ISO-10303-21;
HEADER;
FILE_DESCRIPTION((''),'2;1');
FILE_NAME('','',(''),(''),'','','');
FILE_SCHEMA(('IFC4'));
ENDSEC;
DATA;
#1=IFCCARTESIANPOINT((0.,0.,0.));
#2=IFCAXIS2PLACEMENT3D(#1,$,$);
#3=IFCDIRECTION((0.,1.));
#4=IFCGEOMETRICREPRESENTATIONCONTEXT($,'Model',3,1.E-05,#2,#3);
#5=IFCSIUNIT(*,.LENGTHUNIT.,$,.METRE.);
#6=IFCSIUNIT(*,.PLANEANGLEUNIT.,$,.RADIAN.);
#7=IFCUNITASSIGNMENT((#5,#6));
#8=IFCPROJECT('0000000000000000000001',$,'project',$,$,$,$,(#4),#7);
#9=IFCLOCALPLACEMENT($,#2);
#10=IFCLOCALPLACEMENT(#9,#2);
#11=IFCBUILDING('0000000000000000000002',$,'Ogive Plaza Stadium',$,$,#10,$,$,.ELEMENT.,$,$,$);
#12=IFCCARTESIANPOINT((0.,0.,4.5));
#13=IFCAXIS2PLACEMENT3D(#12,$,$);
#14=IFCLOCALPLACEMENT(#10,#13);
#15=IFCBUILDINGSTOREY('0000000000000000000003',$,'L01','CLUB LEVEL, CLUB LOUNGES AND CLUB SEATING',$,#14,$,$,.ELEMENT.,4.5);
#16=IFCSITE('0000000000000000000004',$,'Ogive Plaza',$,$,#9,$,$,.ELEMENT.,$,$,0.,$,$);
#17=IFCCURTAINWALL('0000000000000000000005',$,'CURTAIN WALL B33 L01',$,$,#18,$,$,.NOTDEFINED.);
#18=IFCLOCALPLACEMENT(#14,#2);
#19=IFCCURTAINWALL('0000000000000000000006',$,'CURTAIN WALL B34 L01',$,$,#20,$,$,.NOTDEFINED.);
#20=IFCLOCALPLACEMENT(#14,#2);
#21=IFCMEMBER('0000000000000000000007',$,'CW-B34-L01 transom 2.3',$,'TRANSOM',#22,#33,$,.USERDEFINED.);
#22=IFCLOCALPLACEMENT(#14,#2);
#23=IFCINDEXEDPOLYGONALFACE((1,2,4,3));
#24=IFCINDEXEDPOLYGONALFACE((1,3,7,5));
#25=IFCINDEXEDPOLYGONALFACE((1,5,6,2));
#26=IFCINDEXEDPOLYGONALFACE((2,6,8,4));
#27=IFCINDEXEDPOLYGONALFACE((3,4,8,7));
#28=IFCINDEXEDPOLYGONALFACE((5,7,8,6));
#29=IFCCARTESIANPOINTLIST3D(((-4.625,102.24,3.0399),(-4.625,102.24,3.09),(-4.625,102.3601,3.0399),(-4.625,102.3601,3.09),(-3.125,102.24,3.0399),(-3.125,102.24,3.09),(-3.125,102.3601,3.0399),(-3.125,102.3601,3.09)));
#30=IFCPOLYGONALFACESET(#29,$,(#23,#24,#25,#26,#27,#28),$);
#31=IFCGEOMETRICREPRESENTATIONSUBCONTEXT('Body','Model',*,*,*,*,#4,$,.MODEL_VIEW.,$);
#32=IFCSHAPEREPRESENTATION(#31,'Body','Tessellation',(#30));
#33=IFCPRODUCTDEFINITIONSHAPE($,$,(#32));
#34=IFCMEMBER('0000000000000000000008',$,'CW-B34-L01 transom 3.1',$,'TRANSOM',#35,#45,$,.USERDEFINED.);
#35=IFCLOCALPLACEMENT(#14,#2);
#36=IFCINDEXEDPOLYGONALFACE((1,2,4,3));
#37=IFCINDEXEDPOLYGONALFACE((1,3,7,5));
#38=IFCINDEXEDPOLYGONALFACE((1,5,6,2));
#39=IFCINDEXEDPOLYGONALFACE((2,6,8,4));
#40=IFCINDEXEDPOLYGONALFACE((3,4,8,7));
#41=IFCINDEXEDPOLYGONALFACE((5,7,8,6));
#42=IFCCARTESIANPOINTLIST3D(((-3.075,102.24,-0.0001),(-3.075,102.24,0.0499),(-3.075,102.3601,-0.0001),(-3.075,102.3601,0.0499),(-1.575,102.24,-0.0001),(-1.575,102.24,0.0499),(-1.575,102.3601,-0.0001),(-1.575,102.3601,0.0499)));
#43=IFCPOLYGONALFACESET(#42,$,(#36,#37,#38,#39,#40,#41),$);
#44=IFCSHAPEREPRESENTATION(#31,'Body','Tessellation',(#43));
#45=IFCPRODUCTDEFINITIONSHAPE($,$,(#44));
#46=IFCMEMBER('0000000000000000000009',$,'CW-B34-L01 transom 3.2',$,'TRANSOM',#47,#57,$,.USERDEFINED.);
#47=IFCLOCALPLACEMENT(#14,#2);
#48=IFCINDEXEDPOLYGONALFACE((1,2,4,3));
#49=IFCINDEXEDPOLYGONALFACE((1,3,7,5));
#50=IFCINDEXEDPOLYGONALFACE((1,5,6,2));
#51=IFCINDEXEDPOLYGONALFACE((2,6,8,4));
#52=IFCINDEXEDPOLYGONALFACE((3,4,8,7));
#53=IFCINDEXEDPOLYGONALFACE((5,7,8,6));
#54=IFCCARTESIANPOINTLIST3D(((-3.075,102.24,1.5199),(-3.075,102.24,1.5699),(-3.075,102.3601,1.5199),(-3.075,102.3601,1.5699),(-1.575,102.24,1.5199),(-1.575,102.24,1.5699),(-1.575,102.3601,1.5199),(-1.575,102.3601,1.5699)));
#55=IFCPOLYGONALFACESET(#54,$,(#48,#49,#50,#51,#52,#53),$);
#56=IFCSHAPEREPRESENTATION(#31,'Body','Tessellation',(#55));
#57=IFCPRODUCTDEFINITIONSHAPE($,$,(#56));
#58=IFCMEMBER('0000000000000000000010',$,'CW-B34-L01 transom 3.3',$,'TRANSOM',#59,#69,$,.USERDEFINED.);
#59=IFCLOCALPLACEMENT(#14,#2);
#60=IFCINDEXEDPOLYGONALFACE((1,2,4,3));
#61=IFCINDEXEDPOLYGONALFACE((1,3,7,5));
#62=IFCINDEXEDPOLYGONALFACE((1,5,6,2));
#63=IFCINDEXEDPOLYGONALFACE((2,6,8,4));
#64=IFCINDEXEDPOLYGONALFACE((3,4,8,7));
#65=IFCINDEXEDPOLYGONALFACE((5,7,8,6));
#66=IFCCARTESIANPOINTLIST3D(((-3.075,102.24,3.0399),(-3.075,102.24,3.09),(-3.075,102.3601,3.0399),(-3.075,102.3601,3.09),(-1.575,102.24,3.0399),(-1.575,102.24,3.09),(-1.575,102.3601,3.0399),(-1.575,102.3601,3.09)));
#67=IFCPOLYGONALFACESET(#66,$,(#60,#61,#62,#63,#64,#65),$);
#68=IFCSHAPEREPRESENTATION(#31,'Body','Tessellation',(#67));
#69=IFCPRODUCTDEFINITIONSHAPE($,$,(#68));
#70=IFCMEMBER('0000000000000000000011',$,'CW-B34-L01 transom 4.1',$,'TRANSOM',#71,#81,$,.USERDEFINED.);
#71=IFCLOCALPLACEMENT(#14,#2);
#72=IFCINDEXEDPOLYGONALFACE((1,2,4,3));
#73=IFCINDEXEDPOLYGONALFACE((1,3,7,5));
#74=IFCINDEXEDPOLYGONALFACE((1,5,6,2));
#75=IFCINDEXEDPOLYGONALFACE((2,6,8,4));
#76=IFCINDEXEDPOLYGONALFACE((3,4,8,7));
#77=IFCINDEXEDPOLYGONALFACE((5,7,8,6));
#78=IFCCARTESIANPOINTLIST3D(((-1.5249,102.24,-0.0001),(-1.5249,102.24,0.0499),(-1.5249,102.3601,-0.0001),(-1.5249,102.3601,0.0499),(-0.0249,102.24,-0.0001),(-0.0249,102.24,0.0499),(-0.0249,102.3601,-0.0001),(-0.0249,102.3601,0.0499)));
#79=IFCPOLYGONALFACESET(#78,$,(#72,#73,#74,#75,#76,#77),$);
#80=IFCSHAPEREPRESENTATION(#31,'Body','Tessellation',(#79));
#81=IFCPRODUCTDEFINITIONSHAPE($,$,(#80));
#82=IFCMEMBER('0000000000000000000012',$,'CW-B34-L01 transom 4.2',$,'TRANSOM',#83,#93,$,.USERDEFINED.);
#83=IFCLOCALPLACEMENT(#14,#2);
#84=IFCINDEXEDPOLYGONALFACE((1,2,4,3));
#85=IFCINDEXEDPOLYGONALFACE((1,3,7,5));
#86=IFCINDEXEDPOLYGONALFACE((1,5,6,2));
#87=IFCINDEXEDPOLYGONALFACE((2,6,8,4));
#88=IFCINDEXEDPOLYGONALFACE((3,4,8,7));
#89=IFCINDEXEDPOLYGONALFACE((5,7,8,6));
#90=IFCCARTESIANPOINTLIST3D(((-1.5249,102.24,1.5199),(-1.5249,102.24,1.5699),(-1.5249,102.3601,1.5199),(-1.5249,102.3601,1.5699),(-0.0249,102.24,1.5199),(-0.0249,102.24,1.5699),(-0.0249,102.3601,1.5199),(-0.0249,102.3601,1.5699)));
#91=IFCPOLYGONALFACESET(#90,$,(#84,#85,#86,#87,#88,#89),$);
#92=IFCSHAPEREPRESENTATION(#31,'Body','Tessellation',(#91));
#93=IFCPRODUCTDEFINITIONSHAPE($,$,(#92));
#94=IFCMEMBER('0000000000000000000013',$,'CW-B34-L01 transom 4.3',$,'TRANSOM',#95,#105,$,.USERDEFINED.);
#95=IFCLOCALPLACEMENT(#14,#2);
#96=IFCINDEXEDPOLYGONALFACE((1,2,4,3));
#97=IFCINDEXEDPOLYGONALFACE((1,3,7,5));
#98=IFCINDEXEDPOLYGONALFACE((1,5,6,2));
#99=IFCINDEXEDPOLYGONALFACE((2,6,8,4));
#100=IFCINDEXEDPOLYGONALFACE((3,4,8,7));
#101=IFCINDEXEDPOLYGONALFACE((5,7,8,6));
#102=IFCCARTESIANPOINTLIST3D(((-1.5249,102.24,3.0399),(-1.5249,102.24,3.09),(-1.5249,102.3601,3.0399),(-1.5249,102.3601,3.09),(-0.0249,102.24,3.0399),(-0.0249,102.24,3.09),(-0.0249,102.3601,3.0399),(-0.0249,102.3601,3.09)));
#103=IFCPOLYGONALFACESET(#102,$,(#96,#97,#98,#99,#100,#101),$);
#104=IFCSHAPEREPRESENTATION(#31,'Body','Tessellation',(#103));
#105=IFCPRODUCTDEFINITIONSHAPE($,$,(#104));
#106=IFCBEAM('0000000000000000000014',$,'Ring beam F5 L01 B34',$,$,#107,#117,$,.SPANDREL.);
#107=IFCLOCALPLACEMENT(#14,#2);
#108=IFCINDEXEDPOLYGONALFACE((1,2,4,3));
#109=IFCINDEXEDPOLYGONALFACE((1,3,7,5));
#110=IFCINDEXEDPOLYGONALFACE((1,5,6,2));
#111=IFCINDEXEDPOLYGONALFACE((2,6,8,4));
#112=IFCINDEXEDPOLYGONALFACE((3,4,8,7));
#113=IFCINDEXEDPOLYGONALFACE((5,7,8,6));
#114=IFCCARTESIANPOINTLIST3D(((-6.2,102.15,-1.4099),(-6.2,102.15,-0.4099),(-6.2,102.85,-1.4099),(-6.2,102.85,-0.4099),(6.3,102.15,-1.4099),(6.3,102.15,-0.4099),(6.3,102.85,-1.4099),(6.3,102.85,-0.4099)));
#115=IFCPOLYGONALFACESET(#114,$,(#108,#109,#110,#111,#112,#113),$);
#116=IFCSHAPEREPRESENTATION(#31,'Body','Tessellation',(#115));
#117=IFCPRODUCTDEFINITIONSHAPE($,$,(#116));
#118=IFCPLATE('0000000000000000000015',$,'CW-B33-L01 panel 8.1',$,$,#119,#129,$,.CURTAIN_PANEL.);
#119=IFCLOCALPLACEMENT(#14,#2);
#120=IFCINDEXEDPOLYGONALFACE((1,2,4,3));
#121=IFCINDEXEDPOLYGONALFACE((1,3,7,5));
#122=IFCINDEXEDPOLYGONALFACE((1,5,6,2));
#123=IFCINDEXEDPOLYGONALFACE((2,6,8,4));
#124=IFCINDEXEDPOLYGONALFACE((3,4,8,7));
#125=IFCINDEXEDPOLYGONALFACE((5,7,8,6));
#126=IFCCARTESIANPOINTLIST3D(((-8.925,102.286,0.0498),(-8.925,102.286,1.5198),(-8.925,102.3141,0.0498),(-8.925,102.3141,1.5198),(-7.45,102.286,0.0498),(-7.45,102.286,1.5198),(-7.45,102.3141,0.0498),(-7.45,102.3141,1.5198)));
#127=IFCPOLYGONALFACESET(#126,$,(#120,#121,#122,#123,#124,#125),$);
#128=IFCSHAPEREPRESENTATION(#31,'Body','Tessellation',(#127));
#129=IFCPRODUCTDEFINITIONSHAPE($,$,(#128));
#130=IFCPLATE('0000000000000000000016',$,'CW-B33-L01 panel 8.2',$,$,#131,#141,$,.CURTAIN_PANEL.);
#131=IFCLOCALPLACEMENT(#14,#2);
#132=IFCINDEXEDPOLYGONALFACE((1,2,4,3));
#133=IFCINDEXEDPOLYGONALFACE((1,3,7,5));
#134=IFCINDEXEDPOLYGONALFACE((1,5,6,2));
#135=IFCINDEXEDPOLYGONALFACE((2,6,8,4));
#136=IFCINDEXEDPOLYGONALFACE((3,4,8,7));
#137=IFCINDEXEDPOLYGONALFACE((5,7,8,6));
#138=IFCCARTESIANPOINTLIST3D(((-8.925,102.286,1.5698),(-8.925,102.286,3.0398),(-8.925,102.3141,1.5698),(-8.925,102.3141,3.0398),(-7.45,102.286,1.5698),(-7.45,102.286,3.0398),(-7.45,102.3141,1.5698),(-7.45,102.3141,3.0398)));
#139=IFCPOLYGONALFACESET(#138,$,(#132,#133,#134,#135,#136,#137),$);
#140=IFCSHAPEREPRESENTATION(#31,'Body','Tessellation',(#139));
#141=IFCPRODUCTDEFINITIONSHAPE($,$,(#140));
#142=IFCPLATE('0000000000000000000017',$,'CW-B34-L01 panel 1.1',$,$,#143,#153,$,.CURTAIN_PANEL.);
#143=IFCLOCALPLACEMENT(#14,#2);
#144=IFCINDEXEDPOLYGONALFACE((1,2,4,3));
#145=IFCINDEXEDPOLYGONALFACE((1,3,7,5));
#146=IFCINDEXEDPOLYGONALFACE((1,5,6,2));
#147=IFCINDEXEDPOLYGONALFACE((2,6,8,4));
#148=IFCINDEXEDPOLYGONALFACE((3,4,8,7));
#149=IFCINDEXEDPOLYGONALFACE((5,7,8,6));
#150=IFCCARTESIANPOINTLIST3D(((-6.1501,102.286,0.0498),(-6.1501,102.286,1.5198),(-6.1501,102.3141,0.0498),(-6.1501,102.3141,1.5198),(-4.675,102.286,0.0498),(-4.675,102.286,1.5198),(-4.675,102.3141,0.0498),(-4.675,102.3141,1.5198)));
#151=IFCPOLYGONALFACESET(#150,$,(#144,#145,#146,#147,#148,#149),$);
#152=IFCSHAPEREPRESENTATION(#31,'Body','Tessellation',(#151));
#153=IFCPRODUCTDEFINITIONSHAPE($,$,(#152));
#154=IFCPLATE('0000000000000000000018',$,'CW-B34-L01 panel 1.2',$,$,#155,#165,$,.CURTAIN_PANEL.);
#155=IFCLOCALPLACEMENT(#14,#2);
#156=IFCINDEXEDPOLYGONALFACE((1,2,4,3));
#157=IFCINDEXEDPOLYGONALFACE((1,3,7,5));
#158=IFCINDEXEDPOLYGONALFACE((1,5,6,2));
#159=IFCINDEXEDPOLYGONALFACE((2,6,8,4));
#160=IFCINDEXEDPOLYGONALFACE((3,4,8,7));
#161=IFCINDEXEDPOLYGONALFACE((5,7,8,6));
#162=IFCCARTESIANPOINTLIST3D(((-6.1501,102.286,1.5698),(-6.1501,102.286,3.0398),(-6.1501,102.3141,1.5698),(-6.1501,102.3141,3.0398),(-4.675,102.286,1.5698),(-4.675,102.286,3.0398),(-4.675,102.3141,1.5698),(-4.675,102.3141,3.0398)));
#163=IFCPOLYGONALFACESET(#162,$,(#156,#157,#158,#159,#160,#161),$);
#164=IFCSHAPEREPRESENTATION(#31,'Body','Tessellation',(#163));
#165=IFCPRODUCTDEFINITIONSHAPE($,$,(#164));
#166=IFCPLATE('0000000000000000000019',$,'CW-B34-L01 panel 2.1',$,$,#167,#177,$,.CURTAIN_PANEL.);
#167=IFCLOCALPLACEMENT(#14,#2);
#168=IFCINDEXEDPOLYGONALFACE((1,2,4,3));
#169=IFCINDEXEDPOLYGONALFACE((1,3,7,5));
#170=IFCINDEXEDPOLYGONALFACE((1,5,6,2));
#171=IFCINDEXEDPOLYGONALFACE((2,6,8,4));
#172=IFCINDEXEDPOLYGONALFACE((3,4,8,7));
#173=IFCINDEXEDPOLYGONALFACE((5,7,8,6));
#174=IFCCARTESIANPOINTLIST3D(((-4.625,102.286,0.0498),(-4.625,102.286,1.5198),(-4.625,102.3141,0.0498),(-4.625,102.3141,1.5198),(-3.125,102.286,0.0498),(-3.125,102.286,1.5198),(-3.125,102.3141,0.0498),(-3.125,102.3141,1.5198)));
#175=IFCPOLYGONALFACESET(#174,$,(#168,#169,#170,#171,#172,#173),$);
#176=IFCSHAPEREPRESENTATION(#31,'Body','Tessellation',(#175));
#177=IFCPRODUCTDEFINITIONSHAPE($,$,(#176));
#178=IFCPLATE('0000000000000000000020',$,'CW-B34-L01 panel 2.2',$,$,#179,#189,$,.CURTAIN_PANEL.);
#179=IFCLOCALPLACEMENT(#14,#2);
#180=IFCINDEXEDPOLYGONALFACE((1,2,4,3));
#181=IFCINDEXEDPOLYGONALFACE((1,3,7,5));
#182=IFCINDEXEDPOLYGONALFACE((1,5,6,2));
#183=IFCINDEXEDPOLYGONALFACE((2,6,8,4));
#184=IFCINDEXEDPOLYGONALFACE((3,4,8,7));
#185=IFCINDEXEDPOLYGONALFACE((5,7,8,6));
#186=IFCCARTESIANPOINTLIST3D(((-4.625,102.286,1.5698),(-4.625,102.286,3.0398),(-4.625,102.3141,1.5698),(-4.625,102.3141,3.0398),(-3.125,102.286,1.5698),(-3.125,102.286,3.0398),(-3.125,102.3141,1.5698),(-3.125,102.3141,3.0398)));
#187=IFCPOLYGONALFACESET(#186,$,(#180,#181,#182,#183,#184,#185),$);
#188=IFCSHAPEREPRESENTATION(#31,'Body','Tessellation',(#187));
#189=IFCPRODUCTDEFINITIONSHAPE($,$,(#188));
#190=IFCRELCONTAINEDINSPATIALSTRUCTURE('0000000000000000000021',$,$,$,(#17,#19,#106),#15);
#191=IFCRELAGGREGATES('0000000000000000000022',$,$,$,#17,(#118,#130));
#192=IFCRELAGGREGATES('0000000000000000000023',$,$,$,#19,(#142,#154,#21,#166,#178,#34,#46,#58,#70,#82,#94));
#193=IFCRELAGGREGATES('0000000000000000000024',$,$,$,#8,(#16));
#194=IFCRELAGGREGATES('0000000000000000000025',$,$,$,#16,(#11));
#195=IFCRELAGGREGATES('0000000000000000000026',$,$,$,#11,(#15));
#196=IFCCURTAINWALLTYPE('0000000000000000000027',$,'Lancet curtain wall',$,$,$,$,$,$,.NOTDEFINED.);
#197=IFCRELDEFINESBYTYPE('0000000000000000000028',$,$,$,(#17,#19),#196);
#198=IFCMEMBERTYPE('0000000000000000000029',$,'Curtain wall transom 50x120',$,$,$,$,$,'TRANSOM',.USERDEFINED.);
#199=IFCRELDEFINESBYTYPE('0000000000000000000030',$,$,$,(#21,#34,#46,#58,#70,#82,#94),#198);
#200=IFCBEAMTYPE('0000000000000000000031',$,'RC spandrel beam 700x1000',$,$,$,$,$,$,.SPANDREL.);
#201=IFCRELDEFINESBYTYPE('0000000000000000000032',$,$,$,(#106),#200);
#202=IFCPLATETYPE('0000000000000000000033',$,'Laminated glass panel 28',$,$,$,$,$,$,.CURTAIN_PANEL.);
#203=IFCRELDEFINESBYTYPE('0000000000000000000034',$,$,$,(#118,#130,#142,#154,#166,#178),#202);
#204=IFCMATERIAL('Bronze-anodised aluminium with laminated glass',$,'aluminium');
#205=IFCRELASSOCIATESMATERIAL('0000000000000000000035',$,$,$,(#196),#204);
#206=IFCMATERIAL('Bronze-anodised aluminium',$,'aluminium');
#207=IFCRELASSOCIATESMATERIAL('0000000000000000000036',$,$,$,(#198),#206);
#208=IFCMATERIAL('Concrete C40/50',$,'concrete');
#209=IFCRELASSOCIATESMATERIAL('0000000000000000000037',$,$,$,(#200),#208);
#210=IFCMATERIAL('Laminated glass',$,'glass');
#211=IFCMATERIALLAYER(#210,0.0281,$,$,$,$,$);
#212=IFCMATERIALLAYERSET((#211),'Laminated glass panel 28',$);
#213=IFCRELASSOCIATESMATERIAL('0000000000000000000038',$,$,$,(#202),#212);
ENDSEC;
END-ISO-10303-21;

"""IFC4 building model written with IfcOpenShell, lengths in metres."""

from ifc_helpers import new_model, si_unit, direction, frame, origin, origin_2d, place, context, subcontext, project, spatial, rectangle, extrude, material, layer, layer_set, material_profile, profile_set, type_object, element, aggregate, save


model = new_model("IFC4")

# Units and contexts
model_context = context("Model", 3, precision=1e-05, world=origin(), true_north=direction((0.0, 1.0)))
body_context = subcontext(model_context, "Body", "Model", "MODEL_VIEW")
ifc_project = project(units=[si_unit("LENGTHUNIT", "METRE"), si_unit("PLANEANGLEUNIT", "RADIAN")], contexts=[model_context])

# Site, building, storey
site_placement = place(None, origin())
site = spatial("IfcSite", under=ifc_project, at=site_placement, Name="Ogive Plaza", CompositionType="ELEMENT", RefElevation=0.0)
building_placement = place(site_placement, origin())
building = spatial("IfcBuilding", under=site, at=building_placement, Name="Ogive Plaza Stadium", CompositionType="ELEMENT")
storey_placement = place(building_placement, frame((0.0, 0.0, 4.5)))
storey = spatial("IfcBuildingStorey", under=building, at=storey_placement, Name="L01", Description="CLUB LEVEL, CLUB LOUNGES AND CLUB SEATING", CompositionType="ELEMENT", Elevation=4.5)

# Curtain wall
ifc_material_1 = material(Name="Bronze-anodised aluminium with laminated glass", Category="aluminium")
curtain_wall_type = type_object("IfcCurtainWallType", Name="Lancet curtain wall", PredefinedType="NOTDEFINED", material=ifc_material_1)
curtain_wall_1_placement = place(storey_placement, origin())
curtain_wall_1 = element("IfcCurtainWall", 1, at=curtain_wall_1_placement, inside=storey, type_object=curtain_wall_type, Name="CURTAIN WALL B33 L01", PredefinedType="NOTDEFINED")

# Curtain wall
curtain_wall_2_placement = place(storey_placement, origin())
curtain_wall_2 = element("IfcCurtainWall", 2, at=curtain_wall_2_placement, inside=storey, type_object=curtain_wall_type, Name="CURTAIN WALL B34 L01", PredefinedType="NOTDEFINED")

# Members
ifc_material_2 = material(Name="Bronze-anodised aluminium", Category="aluminium")
ifc_material_profile_1 = material_profile(ifc_material_2, rectangle(XDim=0.1201, YDim=0.05, at=origin_2d()), Name="AL 120x50")
ifc_profile_set_1 = profile_set([ifc_material_profile_1], Name="Bronze-anodised aluminium")
member_type_1 = type_object("IfcMemberType", Name="Curtain wall transom 50x120", ElementType="TRANSOM", PredefinedType="USERDEFINED", material=ifc_profile_set_1)
member_1_placement = place(storey_placement, frame((-4.625, 102.3, 3.0649), z_axis=(1.0, 0.0, 0.0), x_axis=(0.0, 1.0, 0.0)))
member_1 = element("IfcMember", 3, at=member_1_placement, type_object=member_type_1, Name="CW-B34-L01 transom 2.3", ObjectType="TRANSOM", PredefinedType="USERDEFINED", context=body_context, shape_type="SweptSolid", body=[
    extrude(rectangle(XDim=0.1201, YDim=0.05, at=origin_2d()), origin(), (0.0, 0.0, 1.0), 1.5),
])
member_2_placement = place(storey_placement, frame((-3.075, 102.3, 0.0249), z_axis=(1.0, 0.0, 0.0), x_axis=(0.0, 1.0, 0.0)))
member_2 = element("IfcMember", 4, at=member_2_placement, type_object=member_type_1, Name="CW-B34-L01 transom 3.1", ObjectType="TRANSOM", PredefinedType="USERDEFINED", context=body_context, shape_type="SweptSolid", body=[
    extrude(rectangle(XDim=0.1201, YDim=0.05, at=origin_2d()), origin(), (0.0, 0.0, 1.0), 1.5),
])
member_3_placement = place(storey_placement, frame((-3.075, 102.3, 1.5449), z_axis=(1.0, 0.0, 0.0), x_axis=(0.0, 1.0, 0.0)))
member_3 = element("IfcMember", 5, at=member_3_placement, type_object=member_type_1, Name="CW-B34-L01 transom 3.2", ObjectType="TRANSOM", PredefinedType="USERDEFINED", context=body_context, shape_type="SweptSolid", body=[
    extrude(rectangle(XDim=0.1201, YDim=0.05, at=origin_2d()), origin(), (0.0, 0.0, 1.0), 1.5),
])
member_4_placement = place(storey_placement, frame((-3.075, 102.3, 3.0649), z_axis=(1.0, 0.0, 0.0), x_axis=(0.0, 1.0, 0.0)))
member_4 = element("IfcMember", 6, at=member_4_placement, type_object=member_type_1, Name="CW-B34-L01 transom 3.3", ObjectType="TRANSOM", PredefinedType="USERDEFINED", context=body_context, shape_type="SweptSolid", body=[
    extrude(rectangle(XDim=0.1201, YDim=0.05, at=origin_2d()), origin(), (0.0, 0.0, 1.0), 1.5),
])
member_5_placement = place(storey_placement, frame((-1.5249, 102.3, 0.0249), z_axis=(1.0, 0.0, 0.0), x_axis=(0.0, 1.0, 0.0)))
member_5 = element("IfcMember", 7, at=member_5_placement, type_object=member_type_1, Name="CW-B34-L01 transom 4.1", ObjectType="TRANSOM", PredefinedType="USERDEFINED", context=body_context, shape_type="SweptSolid", body=[
    extrude(rectangle(XDim=0.1201, YDim=0.05, at=origin_2d()), origin(), (0.0, 0.0, 1.0), 1.5),
])
member_6_placement = place(storey_placement, frame((-1.5249, 102.3, 1.5449), z_axis=(1.0, 0.0, 0.0), x_axis=(0.0, 1.0, 0.0)))
member_6 = element("IfcMember", 8, at=member_6_placement, type_object=member_type_1, Name="CW-B34-L01 transom 4.2", ObjectType="TRANSOM", PredefinedType="USERDEFINED", context=body_context, shape_type="SweptSolid", body=[
    extrude(rectangle(XDim=0.1201, YDim=0.05, at=origin_2d()), origin(), (0.0, 0.0, 1.0), 1.5),
])
member_7_placement = place(storey_placement, frame((-1.5249, 102.3, 3.0649), z_axis=(1.0, 0.0, 0.0), x_axis=(0.0, 1.0, 0.0)))
member_7 = element("IfcMember", 9, at=member_7_placement, type_object=member_type_1, Name="CW-B34-L01 transom 4.3", ObjectType="TRANSOM", PredefinedType="USERDEFINED", context=body_context, shape_type="SweptSolid", body=[
    extrude(rectangle(XDim=0.1201, YDim=0.05, at=origin_2d()), origin(), (0.0, 0.0, 1.0), 1.5),
])

# Beam
ifc_material_3 = material(Name="Concrete C40/50", Category="concrete")
ifc_material_profile_2 = material_profile(ifc_material_3, rectangle(XDim=0.7, YDim=1.0, at=origin_2d()), Name="RC 700x1000")
ifc_profile_set_2 = profile_set([ifc_material_profile_2], Name="Concrete C40/50")
beam_type = type_object("IfcBeamType", Name="RC spandrel beam 700x1000", PredefinedType="SPANDREL", material=ifc_profile_set_2)
beam_placement = place(storey_placement, frame((-6.2, 102.5, -0.9099), z_axis=(1.0, 0.0, 0.0), x_axis=(0.0, 1.0, 0.0)))
element("IfcBeam", 10, at=beam_placement, inside=storey, type_object=beam_type, Name="Ring beam F5 L01 B34", PredefinedType="SPANDREL", context=body_context, shape_type="SweptSolid", body=[
    extrude(rectangle(XDim=0.7, YDim=1.0, at=origin_2d()), origin(), (0.0, 0.0, 1.0), 12.5),
])

# Plates
ifc_material_4 = material(Name="Laminated glass", Category="glass")
ifc_layer = layer(ifc_material_4, 0.0281)
ifc_layer_set = layer_set([ifc_layer], Name="Laminated glass panel 28")
plate_type = type_object("IfcPlateType", Name="Laminated glass panel 28", PredefinedType="CURTAIN_PANEL", material=ifc_layer_set)
plate_1_placement = place(storey_placement, frame((-8.1875, 102.3, 0.0498), z_axis=(0.0, 0.0, 1.0), x_axis=(1.0, 0.0, 0.0)))
plate_1 = element("IfcPlate", 11, at=plate_1_placement, type_object=plate_type, Name="CW-B33-L01 panel 8.1", PredefinedType="CURTAIN_PANEL", context=body_context, shape_type="SweptSolid", body=[
    extrude(rectangle(XDim=1.4751, YDim=0.0281, at=origin_2d()), origin(), (0.0, 0.0, 1.0), 1.47),
])
plate_2_placement = place(storey_placement, frame((-8.1875, 102.3, 1.5698), z_axis=(0.0, 0.0, 1.0), x_axis=(1.0, 0.0, 0.0)))
plate_2 = element("IfcPlate", 12, at=plate_2_placement, type_object=plate_type, Name="CW-B33-L01 panel 8.2", PredefinedType="CURTAIN_PANEL", context=body_context, shape_type="SweptSolid", body=[
    extrude(rectangle(XDim=1.4751, YDim=0.0281, at=origin_2d()), origin(), (0.0, 0.0, 1.0), 1.47),
])
aggregate(curtain_wall_1, [plate_1, plate_2])
plate_3_placement = place(storey_placement, frame((-5.4126, 102.3, 0.0498), z_axis=(0.0, 0.0, 1.0), x_axis=(1.0, 0.0, 0.0)))
plate_3 = element("IfcPlate", 13, at=plate_3_placement, type_object=plate_type, Name="CW-B34-L01 panel 1.1", PredefinedType="CURTAIN_PANEL", context=body_context, shape_type="SweptSolid", body=[
    extrude(rectangle(XDim=1.4751, YDim=0.0281, at=origin_2d()), origin(), (0.0, 0.0, 1.0), 1.47),
])
plate_4_placement = place(storey_placement, frame((-5.4126, 102.3, 1.5698), z_axis=(0.0, 0.0, 1.0), x_axis=(1.0, 0.0, 0.0)))
plate_4 = element("IfcPlate", 14, at=plate_4_placement, type_object=plate_type, Name="CW-B34-L01 panel 1.2", PredefinedType="CURTAIN_PANEL", context=body_context, shape_type="SweptSolid", body=[
    extrude(rectangle(XDim=1.4751, YDim=0.0281, at=origin_2d()), origin(), (0.0, 0.0, 1.0), 1.47),
])
plate_5_placement = place(storey_placement, frame((-3.875, 102.3, 0.0498), z_axis=(0.0, 0.0, 1.0), x_axis=(1.0, 0.0, 0.0)))
plate_5 = element("IfcPlate", 15, at=plate_5_placement, type_object=plate_type, Name="CW-B34-L01 panel 2.1", PredefinedType="CURTAIN_PANEL", context=body_context, shape_type="SweptSolid", body=[
    extrude(rectangle(XDim=1.5, YDim=0.0281, at=origin_2d()), origin(), (0.0, 0.0, 1.0), 1.47),
])
plate_6_placement = place(storey_placement, frame((-3.875, 102.3, 1.5698), z_axis=(0.0, 0.0, 1.0), x_axis=(1.0, 0.0, 0.0)))
plate_6 = element("IfcPlate", 16, at=plate_6_placement, type_object=plate_type, Name="CW-B34-L01 panel 2.2", PredefinedType="CURTAIN_PANEL", context=body_context, shape_type="SweptSolid", body=[
    extrude(rectangle(XDim=1.5, YDim=0.0281, at=origin_2d()), origin(), (0.0, 0.0, 1.0), 1.47),
])
aggregate(curtain_wall_2, [plate_3, plate_4, member_1, plate_5, plate_6, member_2, member_3, member_4, member_5, member_6, member_7])

save(model, "model.ifc")
